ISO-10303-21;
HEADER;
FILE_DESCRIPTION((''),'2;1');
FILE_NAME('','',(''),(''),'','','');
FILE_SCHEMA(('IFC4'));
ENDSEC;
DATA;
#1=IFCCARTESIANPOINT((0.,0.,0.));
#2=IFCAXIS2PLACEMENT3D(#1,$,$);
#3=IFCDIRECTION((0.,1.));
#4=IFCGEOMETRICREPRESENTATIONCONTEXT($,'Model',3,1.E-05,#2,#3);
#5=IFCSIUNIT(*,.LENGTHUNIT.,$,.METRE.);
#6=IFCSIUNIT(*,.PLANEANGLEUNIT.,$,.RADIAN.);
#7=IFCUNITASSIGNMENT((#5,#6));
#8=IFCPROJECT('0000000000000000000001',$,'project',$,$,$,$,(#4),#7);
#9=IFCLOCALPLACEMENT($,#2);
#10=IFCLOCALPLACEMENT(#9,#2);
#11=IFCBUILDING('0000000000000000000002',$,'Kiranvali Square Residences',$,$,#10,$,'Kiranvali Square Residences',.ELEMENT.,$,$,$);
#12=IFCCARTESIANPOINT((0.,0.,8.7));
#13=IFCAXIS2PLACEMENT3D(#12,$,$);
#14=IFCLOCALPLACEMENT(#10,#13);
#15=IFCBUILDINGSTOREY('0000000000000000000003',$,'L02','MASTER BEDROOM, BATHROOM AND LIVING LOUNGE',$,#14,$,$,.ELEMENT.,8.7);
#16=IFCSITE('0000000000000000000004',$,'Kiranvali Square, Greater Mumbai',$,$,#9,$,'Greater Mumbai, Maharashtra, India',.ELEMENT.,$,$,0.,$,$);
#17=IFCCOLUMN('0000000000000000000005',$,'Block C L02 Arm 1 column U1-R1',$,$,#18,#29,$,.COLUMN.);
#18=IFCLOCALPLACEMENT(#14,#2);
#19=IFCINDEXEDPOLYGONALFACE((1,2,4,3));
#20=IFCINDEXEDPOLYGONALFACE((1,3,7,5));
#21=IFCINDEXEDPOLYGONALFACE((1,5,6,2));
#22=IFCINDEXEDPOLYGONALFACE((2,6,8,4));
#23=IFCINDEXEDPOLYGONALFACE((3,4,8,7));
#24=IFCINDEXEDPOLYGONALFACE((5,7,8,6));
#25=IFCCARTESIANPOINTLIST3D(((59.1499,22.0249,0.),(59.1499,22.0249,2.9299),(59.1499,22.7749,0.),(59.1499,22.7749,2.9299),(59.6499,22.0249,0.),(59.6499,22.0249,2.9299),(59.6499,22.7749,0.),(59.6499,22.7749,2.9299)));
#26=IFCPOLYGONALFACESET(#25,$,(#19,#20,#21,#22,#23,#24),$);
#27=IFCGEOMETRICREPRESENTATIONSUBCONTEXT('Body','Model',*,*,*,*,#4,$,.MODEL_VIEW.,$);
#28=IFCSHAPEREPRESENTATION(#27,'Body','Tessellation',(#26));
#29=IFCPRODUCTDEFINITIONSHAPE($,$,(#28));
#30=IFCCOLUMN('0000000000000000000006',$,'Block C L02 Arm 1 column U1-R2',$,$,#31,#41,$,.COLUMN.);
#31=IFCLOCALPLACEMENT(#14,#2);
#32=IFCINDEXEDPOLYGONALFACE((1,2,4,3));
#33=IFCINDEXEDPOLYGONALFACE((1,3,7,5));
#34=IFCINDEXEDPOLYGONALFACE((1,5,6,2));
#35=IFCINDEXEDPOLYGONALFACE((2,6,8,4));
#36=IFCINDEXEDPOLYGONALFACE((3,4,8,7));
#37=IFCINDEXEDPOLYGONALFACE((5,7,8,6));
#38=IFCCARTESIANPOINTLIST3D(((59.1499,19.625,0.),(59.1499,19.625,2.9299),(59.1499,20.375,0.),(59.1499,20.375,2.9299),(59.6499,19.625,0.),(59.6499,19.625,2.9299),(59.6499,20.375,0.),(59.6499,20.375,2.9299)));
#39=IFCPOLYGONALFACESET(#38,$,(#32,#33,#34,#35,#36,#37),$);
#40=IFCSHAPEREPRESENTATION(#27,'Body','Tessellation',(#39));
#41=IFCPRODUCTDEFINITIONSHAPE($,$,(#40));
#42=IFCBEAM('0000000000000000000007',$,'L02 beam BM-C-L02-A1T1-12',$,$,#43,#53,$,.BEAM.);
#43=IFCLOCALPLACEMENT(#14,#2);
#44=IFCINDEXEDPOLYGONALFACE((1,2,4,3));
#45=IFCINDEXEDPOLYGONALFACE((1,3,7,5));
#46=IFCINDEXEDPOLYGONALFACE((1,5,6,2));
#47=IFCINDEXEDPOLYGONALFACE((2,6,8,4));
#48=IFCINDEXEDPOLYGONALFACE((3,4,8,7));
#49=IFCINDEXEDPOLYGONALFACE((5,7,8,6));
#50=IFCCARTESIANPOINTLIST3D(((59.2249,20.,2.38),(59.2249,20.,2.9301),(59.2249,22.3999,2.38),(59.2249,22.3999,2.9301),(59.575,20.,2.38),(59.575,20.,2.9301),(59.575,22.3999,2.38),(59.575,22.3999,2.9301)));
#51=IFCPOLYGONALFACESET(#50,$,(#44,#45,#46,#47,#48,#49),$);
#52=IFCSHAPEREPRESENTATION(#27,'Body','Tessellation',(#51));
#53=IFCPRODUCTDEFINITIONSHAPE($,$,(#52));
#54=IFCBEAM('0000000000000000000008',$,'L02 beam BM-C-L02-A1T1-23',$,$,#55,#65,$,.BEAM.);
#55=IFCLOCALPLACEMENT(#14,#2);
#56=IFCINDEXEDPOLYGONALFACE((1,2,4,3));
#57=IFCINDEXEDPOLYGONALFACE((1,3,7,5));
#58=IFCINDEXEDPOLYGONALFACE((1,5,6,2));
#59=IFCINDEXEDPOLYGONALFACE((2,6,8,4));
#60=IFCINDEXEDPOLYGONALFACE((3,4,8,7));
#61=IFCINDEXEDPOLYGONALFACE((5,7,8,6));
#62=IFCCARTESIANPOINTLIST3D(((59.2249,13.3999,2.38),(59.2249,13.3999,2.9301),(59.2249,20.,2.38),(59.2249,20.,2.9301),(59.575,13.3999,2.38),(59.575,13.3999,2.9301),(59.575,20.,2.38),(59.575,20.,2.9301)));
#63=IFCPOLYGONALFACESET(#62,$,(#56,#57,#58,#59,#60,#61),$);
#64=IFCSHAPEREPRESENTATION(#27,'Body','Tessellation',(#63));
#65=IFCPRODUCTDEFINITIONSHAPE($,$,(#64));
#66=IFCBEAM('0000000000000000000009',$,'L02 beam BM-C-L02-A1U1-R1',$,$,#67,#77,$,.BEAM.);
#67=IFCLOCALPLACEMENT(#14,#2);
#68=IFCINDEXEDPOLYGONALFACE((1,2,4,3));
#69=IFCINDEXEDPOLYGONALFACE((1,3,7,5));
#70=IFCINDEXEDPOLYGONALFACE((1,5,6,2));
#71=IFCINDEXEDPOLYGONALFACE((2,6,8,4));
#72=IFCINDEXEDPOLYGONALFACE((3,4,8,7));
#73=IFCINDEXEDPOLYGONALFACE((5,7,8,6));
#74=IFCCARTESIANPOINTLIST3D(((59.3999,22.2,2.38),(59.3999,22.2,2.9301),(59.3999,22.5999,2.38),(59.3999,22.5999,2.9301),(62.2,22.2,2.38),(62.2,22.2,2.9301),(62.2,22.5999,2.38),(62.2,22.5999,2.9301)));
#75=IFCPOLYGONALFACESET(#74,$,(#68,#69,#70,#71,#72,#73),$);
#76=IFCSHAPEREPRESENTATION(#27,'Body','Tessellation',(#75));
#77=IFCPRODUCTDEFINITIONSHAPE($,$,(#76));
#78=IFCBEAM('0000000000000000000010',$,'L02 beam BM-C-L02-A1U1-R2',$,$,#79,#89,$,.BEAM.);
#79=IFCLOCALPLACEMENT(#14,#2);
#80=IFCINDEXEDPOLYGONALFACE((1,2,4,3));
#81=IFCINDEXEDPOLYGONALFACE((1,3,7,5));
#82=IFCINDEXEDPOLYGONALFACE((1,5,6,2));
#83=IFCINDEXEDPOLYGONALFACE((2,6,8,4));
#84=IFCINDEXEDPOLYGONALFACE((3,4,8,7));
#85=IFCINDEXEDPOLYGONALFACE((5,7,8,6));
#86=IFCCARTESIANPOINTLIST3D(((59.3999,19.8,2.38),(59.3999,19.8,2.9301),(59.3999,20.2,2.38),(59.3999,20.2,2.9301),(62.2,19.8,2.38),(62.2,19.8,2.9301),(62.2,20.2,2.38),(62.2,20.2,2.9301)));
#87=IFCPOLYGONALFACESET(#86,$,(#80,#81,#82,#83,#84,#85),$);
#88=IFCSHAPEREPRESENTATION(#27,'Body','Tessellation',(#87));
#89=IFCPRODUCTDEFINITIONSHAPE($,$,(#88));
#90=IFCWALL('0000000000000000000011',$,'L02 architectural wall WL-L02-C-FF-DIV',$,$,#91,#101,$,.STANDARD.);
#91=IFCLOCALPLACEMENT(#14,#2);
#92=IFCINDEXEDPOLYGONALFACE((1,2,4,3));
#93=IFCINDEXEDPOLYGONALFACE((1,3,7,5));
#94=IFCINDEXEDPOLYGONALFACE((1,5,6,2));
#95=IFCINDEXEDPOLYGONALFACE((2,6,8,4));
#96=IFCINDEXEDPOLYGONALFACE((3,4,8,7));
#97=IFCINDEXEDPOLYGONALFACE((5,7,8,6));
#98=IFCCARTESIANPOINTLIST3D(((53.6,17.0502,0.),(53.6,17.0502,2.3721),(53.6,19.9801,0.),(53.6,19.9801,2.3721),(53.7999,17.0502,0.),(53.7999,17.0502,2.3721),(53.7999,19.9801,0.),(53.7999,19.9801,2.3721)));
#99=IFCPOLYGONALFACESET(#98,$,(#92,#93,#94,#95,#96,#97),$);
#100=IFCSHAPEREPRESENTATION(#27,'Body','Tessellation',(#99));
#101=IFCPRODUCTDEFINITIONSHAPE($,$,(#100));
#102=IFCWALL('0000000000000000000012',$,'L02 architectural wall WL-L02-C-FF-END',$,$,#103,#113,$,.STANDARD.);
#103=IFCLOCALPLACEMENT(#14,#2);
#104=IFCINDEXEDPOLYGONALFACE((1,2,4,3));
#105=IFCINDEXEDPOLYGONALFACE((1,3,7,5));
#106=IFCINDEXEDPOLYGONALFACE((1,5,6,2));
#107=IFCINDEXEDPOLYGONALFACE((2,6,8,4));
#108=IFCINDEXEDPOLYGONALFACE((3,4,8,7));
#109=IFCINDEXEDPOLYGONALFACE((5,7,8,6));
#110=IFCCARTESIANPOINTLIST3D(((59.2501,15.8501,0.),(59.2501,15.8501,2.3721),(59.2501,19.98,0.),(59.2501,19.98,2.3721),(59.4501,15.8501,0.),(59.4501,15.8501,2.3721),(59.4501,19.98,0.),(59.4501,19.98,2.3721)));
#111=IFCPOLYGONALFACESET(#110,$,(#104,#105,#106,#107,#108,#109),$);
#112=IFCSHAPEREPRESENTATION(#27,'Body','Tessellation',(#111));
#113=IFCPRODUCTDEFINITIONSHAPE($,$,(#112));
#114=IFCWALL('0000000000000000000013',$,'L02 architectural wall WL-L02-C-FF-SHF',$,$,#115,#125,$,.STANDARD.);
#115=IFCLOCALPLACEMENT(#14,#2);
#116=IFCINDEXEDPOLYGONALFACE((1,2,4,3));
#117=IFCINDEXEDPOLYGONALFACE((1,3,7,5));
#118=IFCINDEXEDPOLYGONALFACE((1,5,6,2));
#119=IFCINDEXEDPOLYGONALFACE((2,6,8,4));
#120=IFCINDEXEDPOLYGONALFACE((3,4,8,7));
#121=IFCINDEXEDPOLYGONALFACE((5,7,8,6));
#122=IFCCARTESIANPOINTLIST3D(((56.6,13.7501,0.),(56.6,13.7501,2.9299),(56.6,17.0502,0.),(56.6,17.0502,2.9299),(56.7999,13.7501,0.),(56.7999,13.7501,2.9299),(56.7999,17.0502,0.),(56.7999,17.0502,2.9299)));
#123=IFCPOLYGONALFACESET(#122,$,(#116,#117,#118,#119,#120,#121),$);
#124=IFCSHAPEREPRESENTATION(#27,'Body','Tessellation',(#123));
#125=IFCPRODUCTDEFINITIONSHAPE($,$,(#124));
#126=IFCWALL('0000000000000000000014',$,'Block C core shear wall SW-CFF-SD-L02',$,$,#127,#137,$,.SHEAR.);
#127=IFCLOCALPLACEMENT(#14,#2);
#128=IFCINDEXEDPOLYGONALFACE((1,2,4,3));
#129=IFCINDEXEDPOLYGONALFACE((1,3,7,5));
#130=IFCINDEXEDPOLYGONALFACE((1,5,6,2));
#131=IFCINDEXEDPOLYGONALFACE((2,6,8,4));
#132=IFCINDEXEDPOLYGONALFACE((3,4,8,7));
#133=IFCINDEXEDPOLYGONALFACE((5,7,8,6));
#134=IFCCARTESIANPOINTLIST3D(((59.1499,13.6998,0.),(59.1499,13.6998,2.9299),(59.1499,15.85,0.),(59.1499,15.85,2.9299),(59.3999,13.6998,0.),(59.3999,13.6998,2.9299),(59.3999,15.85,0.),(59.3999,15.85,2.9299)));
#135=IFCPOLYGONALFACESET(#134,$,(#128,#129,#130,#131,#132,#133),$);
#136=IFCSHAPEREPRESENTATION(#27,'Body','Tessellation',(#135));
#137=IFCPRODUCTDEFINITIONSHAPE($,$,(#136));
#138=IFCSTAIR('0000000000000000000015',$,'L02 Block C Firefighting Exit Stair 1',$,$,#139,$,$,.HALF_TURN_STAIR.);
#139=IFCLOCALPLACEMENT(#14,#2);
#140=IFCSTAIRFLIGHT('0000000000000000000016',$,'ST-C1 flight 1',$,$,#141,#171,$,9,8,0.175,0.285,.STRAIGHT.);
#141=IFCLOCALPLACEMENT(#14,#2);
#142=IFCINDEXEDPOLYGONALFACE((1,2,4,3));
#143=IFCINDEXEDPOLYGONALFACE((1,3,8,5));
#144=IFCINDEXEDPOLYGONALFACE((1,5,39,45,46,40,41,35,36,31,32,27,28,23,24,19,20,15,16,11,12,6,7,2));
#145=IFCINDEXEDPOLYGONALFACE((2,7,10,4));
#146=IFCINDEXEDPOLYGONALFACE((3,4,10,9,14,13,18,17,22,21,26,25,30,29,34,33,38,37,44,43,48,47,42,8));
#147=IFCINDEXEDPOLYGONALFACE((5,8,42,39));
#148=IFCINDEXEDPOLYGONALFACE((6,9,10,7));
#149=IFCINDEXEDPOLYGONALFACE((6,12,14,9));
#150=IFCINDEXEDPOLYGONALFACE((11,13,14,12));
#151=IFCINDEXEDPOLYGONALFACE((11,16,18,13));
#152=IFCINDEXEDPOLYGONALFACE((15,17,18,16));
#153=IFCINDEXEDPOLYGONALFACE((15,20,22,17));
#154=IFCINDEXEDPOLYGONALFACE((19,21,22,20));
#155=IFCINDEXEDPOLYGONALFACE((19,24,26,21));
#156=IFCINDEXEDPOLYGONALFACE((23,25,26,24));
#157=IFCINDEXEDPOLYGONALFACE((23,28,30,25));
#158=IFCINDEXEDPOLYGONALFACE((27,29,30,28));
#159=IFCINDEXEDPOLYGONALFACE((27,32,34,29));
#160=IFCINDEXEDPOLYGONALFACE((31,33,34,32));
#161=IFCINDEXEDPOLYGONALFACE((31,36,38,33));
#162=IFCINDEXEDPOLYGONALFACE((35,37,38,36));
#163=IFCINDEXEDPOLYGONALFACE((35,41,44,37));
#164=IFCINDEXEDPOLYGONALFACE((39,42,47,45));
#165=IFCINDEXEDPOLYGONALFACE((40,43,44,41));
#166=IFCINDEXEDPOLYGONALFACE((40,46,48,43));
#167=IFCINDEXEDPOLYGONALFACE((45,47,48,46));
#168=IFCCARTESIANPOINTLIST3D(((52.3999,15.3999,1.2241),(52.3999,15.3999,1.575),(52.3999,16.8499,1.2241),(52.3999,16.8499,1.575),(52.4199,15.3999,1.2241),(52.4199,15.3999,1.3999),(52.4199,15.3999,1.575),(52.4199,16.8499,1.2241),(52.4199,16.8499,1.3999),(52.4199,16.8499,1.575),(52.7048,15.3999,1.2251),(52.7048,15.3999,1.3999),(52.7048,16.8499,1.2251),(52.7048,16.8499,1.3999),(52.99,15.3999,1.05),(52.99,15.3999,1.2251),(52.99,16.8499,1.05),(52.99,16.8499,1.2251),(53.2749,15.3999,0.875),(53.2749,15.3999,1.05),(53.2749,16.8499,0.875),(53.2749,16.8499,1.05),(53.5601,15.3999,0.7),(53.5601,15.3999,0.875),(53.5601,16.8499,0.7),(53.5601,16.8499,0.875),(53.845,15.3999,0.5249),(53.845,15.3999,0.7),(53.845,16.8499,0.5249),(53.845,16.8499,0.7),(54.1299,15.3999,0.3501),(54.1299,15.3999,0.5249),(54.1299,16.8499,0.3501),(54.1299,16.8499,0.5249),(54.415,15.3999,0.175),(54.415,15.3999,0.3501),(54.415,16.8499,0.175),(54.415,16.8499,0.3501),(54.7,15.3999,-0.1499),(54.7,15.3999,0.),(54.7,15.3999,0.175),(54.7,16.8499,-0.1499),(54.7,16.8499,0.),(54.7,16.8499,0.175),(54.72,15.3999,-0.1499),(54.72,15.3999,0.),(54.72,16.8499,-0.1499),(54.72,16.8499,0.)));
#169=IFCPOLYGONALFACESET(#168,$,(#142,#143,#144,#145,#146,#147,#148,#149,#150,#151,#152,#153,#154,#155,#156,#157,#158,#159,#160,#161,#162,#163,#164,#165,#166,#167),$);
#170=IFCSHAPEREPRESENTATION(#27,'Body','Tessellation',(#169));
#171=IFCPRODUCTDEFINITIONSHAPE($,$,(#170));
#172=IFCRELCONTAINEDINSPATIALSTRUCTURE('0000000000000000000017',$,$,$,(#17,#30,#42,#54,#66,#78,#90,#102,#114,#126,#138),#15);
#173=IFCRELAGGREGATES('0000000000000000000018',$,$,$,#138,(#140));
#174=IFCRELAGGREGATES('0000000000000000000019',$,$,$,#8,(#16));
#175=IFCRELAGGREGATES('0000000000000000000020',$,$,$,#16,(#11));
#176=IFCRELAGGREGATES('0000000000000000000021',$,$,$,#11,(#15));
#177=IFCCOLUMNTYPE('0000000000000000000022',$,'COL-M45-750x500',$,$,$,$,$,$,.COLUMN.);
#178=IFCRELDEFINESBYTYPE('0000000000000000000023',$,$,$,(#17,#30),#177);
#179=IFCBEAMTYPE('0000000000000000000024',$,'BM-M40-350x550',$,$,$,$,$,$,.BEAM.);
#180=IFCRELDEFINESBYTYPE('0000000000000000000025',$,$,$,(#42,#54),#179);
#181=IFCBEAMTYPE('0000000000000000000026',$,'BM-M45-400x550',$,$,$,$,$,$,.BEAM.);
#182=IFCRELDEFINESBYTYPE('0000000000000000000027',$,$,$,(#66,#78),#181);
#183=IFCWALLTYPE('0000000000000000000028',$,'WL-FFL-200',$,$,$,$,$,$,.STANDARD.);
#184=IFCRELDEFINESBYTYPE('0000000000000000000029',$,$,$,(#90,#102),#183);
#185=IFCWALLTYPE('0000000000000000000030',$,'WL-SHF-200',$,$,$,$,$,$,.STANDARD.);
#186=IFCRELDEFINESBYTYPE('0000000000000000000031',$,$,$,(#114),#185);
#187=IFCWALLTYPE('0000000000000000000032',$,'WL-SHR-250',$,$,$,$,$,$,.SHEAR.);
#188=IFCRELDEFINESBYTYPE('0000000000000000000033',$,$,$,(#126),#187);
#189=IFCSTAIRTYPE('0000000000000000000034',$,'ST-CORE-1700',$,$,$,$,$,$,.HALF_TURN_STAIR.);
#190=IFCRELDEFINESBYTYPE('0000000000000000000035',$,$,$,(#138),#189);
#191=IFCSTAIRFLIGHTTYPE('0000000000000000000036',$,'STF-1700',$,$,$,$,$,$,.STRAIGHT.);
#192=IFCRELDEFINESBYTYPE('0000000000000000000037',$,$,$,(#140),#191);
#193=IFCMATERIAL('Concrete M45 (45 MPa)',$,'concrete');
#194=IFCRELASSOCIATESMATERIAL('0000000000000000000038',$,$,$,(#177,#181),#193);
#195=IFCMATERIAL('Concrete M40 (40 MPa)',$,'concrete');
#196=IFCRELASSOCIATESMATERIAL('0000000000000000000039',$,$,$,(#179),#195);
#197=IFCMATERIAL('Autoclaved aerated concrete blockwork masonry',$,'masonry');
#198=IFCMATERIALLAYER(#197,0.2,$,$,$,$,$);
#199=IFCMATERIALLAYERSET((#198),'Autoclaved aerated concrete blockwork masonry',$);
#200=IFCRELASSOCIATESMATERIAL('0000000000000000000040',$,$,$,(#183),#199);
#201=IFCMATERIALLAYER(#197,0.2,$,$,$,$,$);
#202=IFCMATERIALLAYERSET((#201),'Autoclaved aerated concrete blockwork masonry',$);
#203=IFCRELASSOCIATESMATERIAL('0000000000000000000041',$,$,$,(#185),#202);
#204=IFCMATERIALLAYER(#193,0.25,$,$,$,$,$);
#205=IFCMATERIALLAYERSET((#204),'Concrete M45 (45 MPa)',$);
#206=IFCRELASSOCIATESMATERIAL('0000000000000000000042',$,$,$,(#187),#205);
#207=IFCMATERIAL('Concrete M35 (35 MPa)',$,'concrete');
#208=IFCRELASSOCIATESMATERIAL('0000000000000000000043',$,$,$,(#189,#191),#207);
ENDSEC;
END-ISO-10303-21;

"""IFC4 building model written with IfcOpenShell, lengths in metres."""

from ifc_helpers import new_model, si_unit, direction, frame, frame_2d, origin, origin_2d, place, context, subcontext, project, spatial, polyline, rectangle, outline, extrude, material, layer, layer_set, material_profile, profile_set, type_object, element, aggregate, save


model = new_model("IFC4")

# Units and contexts
model_context = context("Model", 3, precision=1e-05, world=origin(), true_north=direction((0.0, 1.0)))
body_context = subcontext(model_context, "Body", "Model", "MODEL_VIEW")
ifc_project = project(units=[si_unit("LENGTHUNIT", "METRE"), si_unit("PLANEANGLEUNIT", "RADIAN")], contexts=[model_context])

# Site, building, storey
site_placement = place(None, origin())
site = spatial("IfcSite", under=ifc_project, at=site_placement, Name="Kiranvali Square, Greater Mumbai", LongName="Greater Mumbai, Maharashtra, India", CompositionType="ELEMENT", RefElevation=0.0)
building_placement = place(site_placement, origin())
building = spatial("IfcBuilding", under=site, at=building_placement, Name="Kiranvali Square Residences", LongName="Kiranvali Square Residences", CompositionType="ELEMENT")
storey_placement = place(building_placement, frame((0.0, 0.0, 8.7)))
storey = spatial("IfcBuildingStorey", under=building, at=storey_placement, Name="L02", Description="MASTER BEDROOM, BATHROOM AND LIVING LOUNGE", CompositionType="ELEMENT", Elevation=8.7)

# Columns
ifc_material_1 = material(Name="Concrete M45 (45 MPa)", Category="concrete")
ifc_material_profile_1 = material_profile(ifc_material_1, rectangle(XDim=0.5, YDim=0.75, at=origin_2d()), Name="RC 750x500")
ifc_profile_set_1 = profile_set([ifc_material_profile_1], Name="Concrete M45 (45 MPa)")
column_type = type_object("IfcColumnType", Name="COL-M45-750x500", PredefinedType="COLUMN", material=ifc_profile_set_1)
for number, where, z_axis, x_axis, name in (
    (1, (59.3999, 22.3999, 0.0), (0.0, 0.0, 1.0), (1.0, 0.0, 0.0), "Block C L02 Arm 1 column U1-R1"),
    (2, (59.3999, 20.0, 0.0), (0.0, 0.0, 1.0), (1.0, 0.0, 0.0), "Block C L02 Arm 1 column U1-R2"),
):
    element("IfcColumn", number, at=place(storey_placement, frame(where, z_axis=z_axis, x_axis=x_axis)), inside=storey, type_object=column_type, Name=name, PredefinedType="COLUMN", context=body_context, shape_type="SweptSolid", body=[
        extrude(rectangle(XDim=0.5, YDim=0.75, at=origin_2d()), origin(), (0.0, 0.0, 1.0), 2.9299),
    ])

# Beams
ifc_material_2 = material(Name="Concrete M40 (40 MPa)", Category="concrete")
ifc_material_profile_2 = material_profile(ifc_material_2, rectangle(XDim=0.3501, YDim=0.55, at=origin_2d()), Name="RC 350x550")
ifc_profile_set_2 = profile_set([ifc_material_profile_2], Name="Concrete M40 (40 MPa)")
beam_type_1 = type_object("IfcBeamType", Name="BM-M40-350x550", PredefinedType="BEAM", material=ifc_profile_set_2)
beam_1_placement = place(storey_placement, frame((59.3999, 22.3999, 2.655), z_axis=(0.0, -1.0, 0.0), x_axis=(1.0, 0.0, 0.0)))
element("IfcBeam", 3, at=beam_1_placement, inside=storey, type_object=beam_type_1, Name="L02 beam BM-C-L02-A1T1-12", PredefinedType="BEAM", context=body_context, shape_type="SweptSolid", body=[
    extrude(rectangle(XDim=0.3501, YDim=0.55, at=origin_2d()), origin(), (0.0, 0.0, 1.0), 2.3999),
])
beam_2_placement = place(storey_placement, frame((59.3999, 20.0, 2.655), z_axis=(0.0, -1.0, 0.0), x_axis=(1.0, 0.0, 0.0)))
element("IfcBeam", 4, at=beam_2_placement, inside=storey, type_object=beam_type_1, Name="L02 beam BM-C-L02-A1T1-23", PredefinedType="BEAM", context=body_context, shape_type="SweptSolid", body=[
    extrude(rectangle(XDim=0.3501, YDim=0.55, at=origin_2d()), origin(), (0.0, 0.0, 1.0), 6.6001),
])
ifc_material_profile_3 = material_profile(ifc_material_1, rectangle(XDim=0.3999, YDim=0.55, at=origin_2d()), Name="RC 400x550")
ifc_profile_set_3 = profile_set([ifc_material_profile_3], Name="Concrete M45 (45 MPa)")
beam_type_2 = type_object("IfcBeamType", Name="BM-M45-400x550", PredefinedType="BEAM", material=ifc_profile_set_3)
for number, where, z_axis, x_axis, name in (
    (5, (59.3999, 22.3999, 2.655), (1.0, 0.0, 0.0), (0.0, 1.0, 0.0), "L02 beam BM-C-L02-A1U1-R1"),
    (6, (59.3999, 20.0, 2.655), (1.0, 0.0, 0.0), (0.0, 1.0, 0.0), "L02 beam BM-C-L02-A1U1-R2"),
):
    element("IfcBeam", number, at=place(storey_placement, frame(where, z_axis=z_axis, x_axis=x_axis)), inside=storey, type_object=beam_type_2, Name=name, PredefinedType="BEAM", context=body_context, shape_type="SweptSolid", body=[
        extrude(rectangle(XDim=0.3999, YDim=0.55, at=origin_2d()), origin(), (0.0, 0.0, 1.0), 2.8),
    ])

# Shared definitions
ifc_material_3 = material(Name="Autoclaved aerated concrete blockwork masonry", Category="masonry")
ifc_layer_1 = layer(ifc_material_3, 0.2)
ifc_layer_set_1 = layer_set([ifc_layer_1], Name="Autoclaved aerated concrete blockwork masonry")
wall_type_1 = type_object("IfcWallType", Name="WL-FFL-200", PredefinedType="STANDARD", material=ifc_layer_set_1)

# Walls
wall_1_placement = place(storey_placement, frame((53.7, 19.98, 0.0), z_axis=(0.0, 0.0, 1.0), x_axis=(0.0, -1.0, 0.0)))
element("IfcWall", 7, at=wall_1_placement, inside=storey, type_object=wall_type_1, Name="L02 architectural wall WL-L02-C-FF-DIV", PredefinedType="STANDARD", context=body_context, shape_type="SweptSolid", body=[
    extrude(rectangle(XDim=2.9299, YDim=0.2, at=frame_2d((1.4648, 0.0))), origin(), (0.0, 0.0, 1.0), 2.3721),
])
wall_2_placement = place(storey_placement, frame((59.3501, 19.98, 0.0), z_axis=(0.0, 0.0, 1.0), x_axis=(0.0, -1.0, 0.0)))
element("IfcWall", 8, at=wall_2_placement, inside=storey, type_object=wall_type_1, Name="L02 architectural wall WL-L02-C-FF-END", PredefinedType="STANDARD", context=body_context, shape_type="SweptSolid", body=[
    extrude(rectangle(XDim=4.1299, YDim=0.2, at=frame_2d((2.0649, 0.0))), origin(), (0.0, 0.0, 1.0), 2.3721),
])

# Walls
ifc_layer_2 = layer(ifc_material_3, 0.2)
ifc_layer_set_2 = layer_set([ifc_layer_2], Name="Autoclaved aerated concrete blockwork masonry")
wall_type_2 = type_object("IfcWallType", Name="WL-SHF-200", PredefinedType="STANDARD", material=ifc_layer_set_2)
wall_3_placement = place(storey_placement, frame((56.7, 17.05, 0.0), z_axis=(0.0, 0.0, 1.0), x_axis=(0.0, -1.0, 0.0)))
element("IfcWall", 9, at=wall_3_placement, inside=storey, type_object=wall_type_2, Name="L02 architectural wall WL-L02-C-FF-SHF", PredefinedType="STANDARD", context=body_context, shape_type="SweptSolid", body=[
    extrude(rectangle(XDim=3.3, YDim=0.2, at=frame_2d((1.6499, 0.0))), origin(), (0.0, 0.0, 1.0), 2.9299),
])
ifc_layer_3 = layer(ifc_material_1, 0.25)
ifc_layer_set_3 = layer_set([ifc_layer_3], Name="Concrete M45 (45 MPa)")
wall_type_3 = type_object("IfcWallType", Name="WL-SHR-250", PredefinedType="SHEAR", material=ifc_layer_set_3)
wall_4_placement = place(storey_placement, frame((59.2749, 15.8501, 0.0), z_axis=(0.0, 0.0, 1.0), x_axis=(0.0, -1.0, 0.0)))
element("IfcWall", 10, at=wall_4_placement, inside=storey, type_object=wall_type_3, Name="Block C core shear wall SW-CFF-SD-L02", PredefinedType="SHEAR", context=body_context, shape_type="SweptSolid", body=[
    extrude(rectangle(XDim=2.1501, YDim=0.25, at=frame_2d((1.0752, 0.0))), origin(), (0.0, 0.0, 1.0), 2.9299),
])

# Stair, stair flight
ifc_material_4 = material(Name="Concrete M35 (35 MPa)", Category="concrete")
stair_type = type_object("IfcStairType", Name="ST-CORE-1700", PredefinedType="HALF_TURN_STAIR", material=ifc_material_4)
stair_placement = place(storey_placement, origin())
stair = element("IfcStair", 11, at=stair_placement, inside=storey, type_object=stair_type, Name="L02 Block C Firefighting Exit Stair 1", PredefinedType="HALF_TURN_STAIR")
stair_flight_type = type_object("IfcStairFlightType", Name="STF-1700", PredefinedType="STRAIGHT", material=ifc_material_4)
stair_flight_1_placement = place(storey_placement, frame((54.7, 16.125, 0.0), z_axis=(0.0, 0.0, 1.0), x_axis=(-1.0, 0.0, 0.0)))
stair_flight_1 = element("IfcStairFlight", 12, at=stair_flight_1_placement, type_object=stair_flight_type, Name="ST-C1 flight 1", NumberOfRisers=9, NumberOfTreads=8, PredefinedType="STRAIGHT", RiserHeight=0.175, TreadLength=0.285, context=body_context, shape_type="SweptSolid", body=[
    extrude(outline(polyline([(-0.02, -0.1499), (-0.02, 0.0), (0.0, 0.0), (0.0, 0.175), (0.2849, 0.175), (0.2849, 0.3501), (0.5701, 0.3501), (0.5701, 0.5249), (0.855, 0.5249), (0.855, 0.7), (1.1399, 0.7), (1.1399, 0.875), (1.425, 0.875), (1.425, 1.05), (1.71, 1.05), (1.71, 1.2251), (1.9951, 1.2251), (1.9951, 1.3999), (2.28, 1.3999), (2.28, 1.575), (2.3, 1.575), (2.3, 1.2241), (2.28, 1.2241), (0.0, -0.1499), (-0.02, -0.1499)])), frame((0.0, 0.7251, 0.0), z_axis=(0.0, -1.0, 0.0), x_axis=(1.0, 0.0, 0.0)), (0.0, 0.0, 1.0), 1.45),
])
aggregate(stair, [stair_flight_1])

save(model, "model.ifc")
